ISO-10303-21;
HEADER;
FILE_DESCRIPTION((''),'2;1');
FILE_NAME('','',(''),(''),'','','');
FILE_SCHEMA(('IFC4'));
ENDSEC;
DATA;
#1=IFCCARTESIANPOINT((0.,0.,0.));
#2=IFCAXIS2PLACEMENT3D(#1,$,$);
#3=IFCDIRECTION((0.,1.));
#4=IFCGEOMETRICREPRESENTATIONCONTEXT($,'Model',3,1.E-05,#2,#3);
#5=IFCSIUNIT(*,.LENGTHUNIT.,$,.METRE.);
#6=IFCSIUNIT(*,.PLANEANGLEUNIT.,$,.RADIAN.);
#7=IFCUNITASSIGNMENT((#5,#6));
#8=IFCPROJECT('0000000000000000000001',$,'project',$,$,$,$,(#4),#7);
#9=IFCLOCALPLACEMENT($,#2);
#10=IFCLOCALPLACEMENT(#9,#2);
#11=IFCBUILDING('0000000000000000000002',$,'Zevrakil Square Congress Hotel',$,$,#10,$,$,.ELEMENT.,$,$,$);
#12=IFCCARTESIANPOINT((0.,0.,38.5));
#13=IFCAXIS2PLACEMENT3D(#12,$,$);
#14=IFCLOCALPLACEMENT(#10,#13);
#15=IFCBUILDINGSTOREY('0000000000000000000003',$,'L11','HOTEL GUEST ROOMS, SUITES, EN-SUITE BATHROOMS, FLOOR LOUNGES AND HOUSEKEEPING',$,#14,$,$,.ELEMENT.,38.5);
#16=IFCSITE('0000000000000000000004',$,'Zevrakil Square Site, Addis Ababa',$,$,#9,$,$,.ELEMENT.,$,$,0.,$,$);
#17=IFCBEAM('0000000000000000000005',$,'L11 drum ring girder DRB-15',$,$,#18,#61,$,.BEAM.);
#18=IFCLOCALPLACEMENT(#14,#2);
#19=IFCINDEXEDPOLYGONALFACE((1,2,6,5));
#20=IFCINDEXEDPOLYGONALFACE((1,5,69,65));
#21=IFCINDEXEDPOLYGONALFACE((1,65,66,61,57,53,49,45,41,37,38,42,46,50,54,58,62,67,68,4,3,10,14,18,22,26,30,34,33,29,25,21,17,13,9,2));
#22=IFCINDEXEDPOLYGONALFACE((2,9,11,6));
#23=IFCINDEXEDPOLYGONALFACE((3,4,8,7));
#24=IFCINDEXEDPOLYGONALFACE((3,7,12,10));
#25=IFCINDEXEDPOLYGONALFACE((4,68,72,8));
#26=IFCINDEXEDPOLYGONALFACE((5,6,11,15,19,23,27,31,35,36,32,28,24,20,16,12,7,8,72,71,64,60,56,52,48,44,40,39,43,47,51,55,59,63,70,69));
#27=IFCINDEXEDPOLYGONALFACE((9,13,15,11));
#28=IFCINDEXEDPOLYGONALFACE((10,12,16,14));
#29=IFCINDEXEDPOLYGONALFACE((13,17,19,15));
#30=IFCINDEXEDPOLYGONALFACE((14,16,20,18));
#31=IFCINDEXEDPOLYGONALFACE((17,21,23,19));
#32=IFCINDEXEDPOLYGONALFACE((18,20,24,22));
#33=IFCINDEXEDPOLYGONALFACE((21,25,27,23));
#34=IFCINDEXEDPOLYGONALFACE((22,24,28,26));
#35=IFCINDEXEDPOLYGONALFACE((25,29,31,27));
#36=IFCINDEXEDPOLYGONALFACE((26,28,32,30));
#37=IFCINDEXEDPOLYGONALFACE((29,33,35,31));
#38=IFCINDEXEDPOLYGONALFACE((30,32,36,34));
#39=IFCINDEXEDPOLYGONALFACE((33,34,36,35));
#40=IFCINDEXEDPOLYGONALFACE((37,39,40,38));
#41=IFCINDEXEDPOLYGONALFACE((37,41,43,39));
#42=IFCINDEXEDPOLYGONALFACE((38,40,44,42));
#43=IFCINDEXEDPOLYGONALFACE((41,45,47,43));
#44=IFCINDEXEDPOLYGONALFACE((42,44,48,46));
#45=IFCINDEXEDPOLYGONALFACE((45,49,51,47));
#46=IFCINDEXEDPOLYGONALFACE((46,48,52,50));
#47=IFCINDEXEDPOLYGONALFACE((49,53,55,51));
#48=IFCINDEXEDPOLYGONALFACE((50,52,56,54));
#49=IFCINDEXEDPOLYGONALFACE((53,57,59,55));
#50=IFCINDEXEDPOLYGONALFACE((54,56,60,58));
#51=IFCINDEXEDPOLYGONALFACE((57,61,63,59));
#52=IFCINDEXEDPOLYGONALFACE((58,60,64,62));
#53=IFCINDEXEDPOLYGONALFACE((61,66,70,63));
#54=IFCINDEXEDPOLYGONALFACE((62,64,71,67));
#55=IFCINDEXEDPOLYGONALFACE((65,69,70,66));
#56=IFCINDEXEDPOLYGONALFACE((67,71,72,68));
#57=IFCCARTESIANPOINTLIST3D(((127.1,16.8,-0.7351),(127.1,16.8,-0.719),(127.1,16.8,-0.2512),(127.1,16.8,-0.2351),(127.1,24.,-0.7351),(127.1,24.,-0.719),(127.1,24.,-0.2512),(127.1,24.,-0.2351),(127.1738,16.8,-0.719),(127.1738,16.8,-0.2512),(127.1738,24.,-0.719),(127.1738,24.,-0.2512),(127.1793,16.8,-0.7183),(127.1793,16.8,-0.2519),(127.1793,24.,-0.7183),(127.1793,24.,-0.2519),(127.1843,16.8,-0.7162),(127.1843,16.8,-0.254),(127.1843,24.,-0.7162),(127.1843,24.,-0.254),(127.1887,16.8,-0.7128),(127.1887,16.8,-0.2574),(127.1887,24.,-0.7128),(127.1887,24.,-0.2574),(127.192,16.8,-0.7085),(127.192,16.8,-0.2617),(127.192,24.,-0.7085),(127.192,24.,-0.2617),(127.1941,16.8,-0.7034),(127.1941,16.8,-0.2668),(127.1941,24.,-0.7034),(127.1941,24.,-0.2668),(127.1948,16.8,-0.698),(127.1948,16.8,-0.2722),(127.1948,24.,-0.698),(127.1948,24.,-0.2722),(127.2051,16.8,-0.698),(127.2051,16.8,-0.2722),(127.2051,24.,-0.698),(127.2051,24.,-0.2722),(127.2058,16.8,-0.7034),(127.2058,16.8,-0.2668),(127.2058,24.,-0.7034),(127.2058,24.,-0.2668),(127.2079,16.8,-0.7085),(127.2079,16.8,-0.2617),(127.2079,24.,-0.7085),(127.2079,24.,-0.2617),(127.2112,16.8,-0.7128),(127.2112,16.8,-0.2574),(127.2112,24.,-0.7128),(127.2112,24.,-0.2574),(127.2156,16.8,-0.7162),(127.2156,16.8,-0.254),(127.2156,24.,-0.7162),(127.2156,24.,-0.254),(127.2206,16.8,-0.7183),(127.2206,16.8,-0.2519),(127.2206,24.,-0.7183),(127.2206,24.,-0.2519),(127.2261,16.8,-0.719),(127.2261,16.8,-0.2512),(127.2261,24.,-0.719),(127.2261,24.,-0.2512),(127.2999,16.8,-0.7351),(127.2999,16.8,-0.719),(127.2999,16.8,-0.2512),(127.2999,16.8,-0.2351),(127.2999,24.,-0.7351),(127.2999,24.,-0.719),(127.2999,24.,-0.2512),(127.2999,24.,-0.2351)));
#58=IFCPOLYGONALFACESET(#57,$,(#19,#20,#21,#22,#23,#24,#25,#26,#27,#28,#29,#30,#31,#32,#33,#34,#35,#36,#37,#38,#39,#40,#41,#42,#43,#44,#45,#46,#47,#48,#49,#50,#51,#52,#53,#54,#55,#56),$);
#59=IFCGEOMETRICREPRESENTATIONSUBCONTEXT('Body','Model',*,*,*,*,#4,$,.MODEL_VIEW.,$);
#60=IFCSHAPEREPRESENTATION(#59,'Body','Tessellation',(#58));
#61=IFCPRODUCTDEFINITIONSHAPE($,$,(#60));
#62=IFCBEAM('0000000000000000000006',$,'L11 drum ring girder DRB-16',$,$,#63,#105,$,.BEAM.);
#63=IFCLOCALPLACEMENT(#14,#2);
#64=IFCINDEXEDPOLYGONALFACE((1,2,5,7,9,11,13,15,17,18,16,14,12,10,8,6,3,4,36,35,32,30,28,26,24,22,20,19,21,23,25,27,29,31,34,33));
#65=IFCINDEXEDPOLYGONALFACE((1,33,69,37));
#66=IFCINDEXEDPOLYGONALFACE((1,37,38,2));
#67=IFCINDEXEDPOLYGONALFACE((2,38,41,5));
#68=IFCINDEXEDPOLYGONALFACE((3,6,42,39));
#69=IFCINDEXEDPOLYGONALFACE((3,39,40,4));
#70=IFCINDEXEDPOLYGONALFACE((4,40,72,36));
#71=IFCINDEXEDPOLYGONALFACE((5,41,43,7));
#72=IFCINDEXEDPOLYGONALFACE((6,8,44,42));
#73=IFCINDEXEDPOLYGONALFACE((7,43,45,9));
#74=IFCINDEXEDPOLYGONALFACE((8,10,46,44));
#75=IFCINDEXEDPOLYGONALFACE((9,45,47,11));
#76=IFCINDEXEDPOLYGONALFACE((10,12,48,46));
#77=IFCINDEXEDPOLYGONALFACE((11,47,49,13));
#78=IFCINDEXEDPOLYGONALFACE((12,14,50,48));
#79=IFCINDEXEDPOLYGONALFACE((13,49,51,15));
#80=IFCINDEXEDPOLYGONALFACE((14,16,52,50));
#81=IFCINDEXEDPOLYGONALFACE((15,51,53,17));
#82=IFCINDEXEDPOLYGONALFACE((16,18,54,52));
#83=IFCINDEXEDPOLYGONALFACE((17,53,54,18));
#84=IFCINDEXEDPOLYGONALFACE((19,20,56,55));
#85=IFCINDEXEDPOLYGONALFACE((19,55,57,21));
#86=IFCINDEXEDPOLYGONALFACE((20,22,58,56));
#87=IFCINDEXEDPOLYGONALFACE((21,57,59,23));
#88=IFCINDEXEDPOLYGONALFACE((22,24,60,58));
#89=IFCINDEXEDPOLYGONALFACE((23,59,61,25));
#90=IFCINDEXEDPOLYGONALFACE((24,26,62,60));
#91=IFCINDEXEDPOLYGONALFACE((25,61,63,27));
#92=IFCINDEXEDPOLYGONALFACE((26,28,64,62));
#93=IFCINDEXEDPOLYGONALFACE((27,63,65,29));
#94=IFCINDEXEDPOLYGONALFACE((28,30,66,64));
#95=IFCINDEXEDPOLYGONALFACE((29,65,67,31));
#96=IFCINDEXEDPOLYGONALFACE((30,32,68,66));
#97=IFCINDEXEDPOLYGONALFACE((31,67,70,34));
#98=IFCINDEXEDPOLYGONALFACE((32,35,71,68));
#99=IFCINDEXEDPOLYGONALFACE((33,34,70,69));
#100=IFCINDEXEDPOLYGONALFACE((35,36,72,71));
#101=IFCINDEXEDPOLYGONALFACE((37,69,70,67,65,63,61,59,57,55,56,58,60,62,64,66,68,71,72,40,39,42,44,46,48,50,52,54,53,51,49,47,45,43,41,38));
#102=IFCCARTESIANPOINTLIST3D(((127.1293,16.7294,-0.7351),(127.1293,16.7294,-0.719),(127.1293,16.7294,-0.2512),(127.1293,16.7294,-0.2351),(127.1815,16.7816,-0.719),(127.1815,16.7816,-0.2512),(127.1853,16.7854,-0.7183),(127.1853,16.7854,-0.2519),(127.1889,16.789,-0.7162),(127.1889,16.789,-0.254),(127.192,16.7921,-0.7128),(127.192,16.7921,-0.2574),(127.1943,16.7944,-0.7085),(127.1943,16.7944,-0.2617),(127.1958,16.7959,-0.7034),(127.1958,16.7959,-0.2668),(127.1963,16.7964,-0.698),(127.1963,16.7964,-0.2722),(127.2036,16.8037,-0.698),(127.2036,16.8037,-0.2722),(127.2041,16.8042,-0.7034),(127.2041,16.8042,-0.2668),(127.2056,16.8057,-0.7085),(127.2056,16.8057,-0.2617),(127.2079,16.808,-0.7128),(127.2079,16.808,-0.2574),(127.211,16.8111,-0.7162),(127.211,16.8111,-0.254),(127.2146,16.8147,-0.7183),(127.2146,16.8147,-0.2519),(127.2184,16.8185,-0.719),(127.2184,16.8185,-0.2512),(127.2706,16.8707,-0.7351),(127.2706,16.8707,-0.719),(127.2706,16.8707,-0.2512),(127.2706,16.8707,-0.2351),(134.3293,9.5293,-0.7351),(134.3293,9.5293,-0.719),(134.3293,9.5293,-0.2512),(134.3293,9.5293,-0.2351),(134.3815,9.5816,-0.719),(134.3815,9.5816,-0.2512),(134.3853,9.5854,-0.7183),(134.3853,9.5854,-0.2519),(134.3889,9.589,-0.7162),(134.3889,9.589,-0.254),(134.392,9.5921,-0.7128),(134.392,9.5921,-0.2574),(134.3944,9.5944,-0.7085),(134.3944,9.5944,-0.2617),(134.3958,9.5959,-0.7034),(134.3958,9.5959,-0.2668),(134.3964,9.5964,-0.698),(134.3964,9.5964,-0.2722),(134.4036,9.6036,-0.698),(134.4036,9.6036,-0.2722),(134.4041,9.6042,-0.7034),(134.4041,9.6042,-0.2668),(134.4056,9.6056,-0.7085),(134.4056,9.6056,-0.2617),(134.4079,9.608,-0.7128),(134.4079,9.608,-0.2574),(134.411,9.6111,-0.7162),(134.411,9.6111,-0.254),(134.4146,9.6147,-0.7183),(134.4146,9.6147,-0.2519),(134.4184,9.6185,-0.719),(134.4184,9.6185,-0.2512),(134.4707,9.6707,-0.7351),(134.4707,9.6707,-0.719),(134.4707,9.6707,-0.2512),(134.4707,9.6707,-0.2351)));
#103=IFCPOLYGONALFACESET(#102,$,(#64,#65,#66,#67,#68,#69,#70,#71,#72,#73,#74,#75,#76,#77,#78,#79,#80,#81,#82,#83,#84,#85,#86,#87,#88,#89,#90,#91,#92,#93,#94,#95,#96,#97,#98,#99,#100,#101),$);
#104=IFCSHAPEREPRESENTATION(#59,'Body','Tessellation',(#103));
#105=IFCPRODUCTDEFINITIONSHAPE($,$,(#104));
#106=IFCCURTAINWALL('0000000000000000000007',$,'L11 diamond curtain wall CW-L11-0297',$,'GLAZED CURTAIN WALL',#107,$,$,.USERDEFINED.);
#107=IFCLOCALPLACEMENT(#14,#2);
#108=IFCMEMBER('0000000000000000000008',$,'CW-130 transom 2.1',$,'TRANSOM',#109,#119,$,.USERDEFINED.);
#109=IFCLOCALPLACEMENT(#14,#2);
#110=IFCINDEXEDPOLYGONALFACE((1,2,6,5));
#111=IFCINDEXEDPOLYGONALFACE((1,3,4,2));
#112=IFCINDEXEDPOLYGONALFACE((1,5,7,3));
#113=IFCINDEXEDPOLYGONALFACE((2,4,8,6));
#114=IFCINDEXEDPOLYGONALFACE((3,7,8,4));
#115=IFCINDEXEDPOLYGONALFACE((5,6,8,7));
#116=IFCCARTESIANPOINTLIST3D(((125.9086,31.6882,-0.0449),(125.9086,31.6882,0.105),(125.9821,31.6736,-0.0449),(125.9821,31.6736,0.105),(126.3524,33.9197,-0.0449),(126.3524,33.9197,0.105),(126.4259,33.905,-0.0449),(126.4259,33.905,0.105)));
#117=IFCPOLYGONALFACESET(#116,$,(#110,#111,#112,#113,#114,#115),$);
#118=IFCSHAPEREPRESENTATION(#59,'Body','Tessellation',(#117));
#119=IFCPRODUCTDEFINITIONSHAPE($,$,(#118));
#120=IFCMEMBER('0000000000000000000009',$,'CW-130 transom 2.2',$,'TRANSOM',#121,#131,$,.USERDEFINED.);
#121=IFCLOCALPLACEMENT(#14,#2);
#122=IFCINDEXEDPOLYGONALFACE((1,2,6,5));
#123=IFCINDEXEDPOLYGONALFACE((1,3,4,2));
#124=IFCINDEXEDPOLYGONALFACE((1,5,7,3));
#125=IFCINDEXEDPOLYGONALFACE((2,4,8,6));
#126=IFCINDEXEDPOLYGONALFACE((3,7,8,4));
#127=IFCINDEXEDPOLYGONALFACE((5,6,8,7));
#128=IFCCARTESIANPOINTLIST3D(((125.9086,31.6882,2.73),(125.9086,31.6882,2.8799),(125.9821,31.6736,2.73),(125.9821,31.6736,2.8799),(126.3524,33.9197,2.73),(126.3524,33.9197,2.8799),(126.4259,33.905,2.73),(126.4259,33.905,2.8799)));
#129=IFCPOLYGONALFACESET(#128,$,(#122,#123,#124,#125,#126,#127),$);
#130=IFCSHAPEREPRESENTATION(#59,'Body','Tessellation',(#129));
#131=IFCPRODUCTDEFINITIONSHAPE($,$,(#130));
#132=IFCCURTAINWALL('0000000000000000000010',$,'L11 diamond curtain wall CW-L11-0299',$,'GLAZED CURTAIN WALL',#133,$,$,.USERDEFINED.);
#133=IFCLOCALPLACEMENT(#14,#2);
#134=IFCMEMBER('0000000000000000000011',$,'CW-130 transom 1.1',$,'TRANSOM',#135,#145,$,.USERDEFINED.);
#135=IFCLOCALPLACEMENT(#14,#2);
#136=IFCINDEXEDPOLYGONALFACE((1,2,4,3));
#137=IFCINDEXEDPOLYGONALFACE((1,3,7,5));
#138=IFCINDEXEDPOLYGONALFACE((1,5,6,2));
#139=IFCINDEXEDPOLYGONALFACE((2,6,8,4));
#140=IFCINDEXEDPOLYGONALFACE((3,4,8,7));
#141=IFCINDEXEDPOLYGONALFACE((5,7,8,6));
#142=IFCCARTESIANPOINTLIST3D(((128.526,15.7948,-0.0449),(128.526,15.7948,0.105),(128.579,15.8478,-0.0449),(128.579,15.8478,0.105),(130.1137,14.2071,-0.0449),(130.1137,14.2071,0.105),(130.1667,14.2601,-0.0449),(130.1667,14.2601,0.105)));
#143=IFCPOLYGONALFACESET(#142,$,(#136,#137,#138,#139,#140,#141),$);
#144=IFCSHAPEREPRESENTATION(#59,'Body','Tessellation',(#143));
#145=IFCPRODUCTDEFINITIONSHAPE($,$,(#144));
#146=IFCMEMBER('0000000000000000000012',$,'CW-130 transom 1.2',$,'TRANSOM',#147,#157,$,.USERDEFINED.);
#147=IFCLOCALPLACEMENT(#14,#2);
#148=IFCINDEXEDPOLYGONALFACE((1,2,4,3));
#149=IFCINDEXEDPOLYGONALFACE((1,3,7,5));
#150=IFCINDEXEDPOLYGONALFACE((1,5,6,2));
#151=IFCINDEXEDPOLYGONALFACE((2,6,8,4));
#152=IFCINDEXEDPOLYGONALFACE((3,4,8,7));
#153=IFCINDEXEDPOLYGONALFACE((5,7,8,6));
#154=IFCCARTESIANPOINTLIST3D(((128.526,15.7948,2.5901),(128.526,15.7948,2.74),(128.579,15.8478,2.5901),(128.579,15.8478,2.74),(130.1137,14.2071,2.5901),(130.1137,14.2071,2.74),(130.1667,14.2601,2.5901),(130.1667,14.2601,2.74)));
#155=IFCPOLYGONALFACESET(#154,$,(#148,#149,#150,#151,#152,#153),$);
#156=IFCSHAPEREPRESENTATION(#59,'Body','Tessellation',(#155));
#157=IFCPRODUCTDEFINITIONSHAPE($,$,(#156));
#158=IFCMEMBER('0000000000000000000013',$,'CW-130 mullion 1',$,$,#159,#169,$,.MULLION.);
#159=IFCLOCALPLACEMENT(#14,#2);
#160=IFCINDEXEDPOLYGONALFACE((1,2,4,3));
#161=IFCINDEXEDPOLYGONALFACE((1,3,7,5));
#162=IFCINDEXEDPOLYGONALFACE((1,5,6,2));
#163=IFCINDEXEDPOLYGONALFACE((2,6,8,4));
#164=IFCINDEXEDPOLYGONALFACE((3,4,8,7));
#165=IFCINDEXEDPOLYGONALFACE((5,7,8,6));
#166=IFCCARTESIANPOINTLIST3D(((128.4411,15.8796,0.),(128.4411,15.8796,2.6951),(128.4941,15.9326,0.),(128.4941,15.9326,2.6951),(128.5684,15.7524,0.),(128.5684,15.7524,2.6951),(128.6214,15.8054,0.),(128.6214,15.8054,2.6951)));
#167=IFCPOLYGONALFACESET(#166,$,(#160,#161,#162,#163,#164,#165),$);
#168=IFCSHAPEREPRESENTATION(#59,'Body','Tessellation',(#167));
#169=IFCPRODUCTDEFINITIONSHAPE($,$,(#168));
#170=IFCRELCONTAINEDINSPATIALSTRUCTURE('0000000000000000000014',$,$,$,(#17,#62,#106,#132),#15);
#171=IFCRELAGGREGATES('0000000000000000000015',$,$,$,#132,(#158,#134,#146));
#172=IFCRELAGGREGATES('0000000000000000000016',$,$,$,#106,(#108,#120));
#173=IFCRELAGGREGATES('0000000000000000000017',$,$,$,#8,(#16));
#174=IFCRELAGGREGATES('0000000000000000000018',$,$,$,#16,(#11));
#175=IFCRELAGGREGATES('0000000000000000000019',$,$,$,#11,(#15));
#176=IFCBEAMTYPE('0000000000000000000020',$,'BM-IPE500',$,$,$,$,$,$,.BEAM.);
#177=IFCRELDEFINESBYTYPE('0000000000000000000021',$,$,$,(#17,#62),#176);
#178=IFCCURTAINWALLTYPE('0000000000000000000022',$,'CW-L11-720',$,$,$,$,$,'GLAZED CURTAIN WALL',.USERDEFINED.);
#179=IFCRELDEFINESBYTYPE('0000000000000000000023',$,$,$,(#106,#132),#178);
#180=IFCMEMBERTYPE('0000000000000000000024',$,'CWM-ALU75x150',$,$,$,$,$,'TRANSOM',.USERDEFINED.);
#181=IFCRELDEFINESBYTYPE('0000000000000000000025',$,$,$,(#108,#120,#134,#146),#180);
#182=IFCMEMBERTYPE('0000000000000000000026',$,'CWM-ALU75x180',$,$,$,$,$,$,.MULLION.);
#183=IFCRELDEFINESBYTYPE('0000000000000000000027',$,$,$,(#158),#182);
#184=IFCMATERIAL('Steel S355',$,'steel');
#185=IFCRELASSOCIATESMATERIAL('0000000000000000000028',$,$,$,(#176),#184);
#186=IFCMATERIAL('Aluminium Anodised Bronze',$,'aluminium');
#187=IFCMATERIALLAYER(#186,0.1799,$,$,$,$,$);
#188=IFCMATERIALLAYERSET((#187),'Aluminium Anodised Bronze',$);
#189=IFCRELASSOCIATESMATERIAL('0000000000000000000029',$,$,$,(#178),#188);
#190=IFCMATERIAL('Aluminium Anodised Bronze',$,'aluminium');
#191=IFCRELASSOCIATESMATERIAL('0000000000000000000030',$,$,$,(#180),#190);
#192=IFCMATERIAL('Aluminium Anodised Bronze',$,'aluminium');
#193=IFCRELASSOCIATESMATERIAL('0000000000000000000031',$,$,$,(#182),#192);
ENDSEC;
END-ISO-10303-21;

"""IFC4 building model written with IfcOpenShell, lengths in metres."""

from ifc_helpers import new_model, si_unit, direction, frame, origin, origin_2d, place, context, subcontext, project, spatial, rectangle, i_section, extrude, material, layer, layer_set, material_profile, profile_set, type_object, element, aggregate, save


model = new_model("IFC4")

# Units and contexts
model_context = context("Model", 3, precision=1e-05, world=origin(), true_north=direction((0.0, 1.0)))
body_context = subcontext(model_context, "Body", "Model", "MODEL_VIEW")
ifc_project = project(units=[si_unit("LENGTHUNIT", "METRE"), si_unit("PLANEANGLEUNIT", "RADIAN")], contexts=[model_context])

# Site, building, storey
site_placement = place(None, origin())
site = spatial("IfcSite", under=ifc_project, at=site_placement, Name="Zevrakil Square Site, Addis Ababa", CompositionType="ELEMENT", RefElevation=0.0)
building_placement = place(site_placement, origin())
building = spatial("IfcBuilding", under=site, at=building_placement, Name="Zevrakil Square Congress Hotel", CompositionType="ELEMENT")
storey_placement = place(building_placement, frame((0.0, 0.0, 38.5)))
storey = spatial("IfcBuildingStorey", under=building, at=storey_placement, Name="L11", Description="HOTEL GUEST ROOMS, SUITES, EN-SUITE BATHROOMS, FLOOR LOUNGES AND HOUSEKEEPING", CompositionType="ELEMENT", Elevation=38.5)

# Beams
ifc_material_1 = material(Name="Steel S355", Category="steel")
ifc_material_profile_1 = material_profile(ifc_material_1, i_section(OverallWidth=0.2, OverallDepth=0.5, WebThickness=0.0103, FlangeThickness=0.0161, FilletRadius=0.021, at=origin_2d()), Name="IPE 500")
ifc_profile_set_1 = profile_set([ifc_material_profile_1], Name="Steel S355")
beam_type_1 = type_object("IfcBeamType", Name="BM-IPE500", PredefinedType="BEAM", material=ifc_profile_set_1)
for number, where, z_axis, x_axis, name in (
    (1, (127.2, 24.0, -0.4851), (0.0, -1.0, 0.0), (1.0, 0.0, 0.0), "L11 drum ring girder DRB-15"),
):
    element("IfcBeam", number, at=place(storey_placement, frame(where, z_axis=z_axis, x_axis=x_axis)), inside=storey, type_object=beam_type_1, Name=name, PredefinedType="BEAM", context=body_context, shape_type="SweptSolid", body=[
        extrude(i_section(OverallWidth=0.2, OverallDepth=0.5, WebThickness=0.0103, FlangeThickness=0.0161, FilletRadius=0.021, at=origin_2d()), origin(), (0.0, 0.0, 1.0), 7.2),
    ])
beam_placement = place(storey_placement, frame((127.2, 16.8, -0.4851), z_axis=(0.707107, -0.707107, 0.0), x_axis=(0.707107, 0.707107, 0.0)))
element("IfcBeam", 2, at=beam_placement, inside=storey, type_object=beam_type_1, Name="L11 drum ring girder DRB-16", PredefinedType="BEAM", context=body_context, shape_type="SweptSolid", body=[
    extrude(i_section(OverallWidth=0.2, OverallDepth=0.5, WebThickness=0.0103, FlangeThickness=0.0161, FilletRadius=0.021, at=origin_2d()), origin(), (0.0, 0.0, 1.0), 10.1824),
])

# Curtain walls, members
ifc_material_2 = material(Name="Aluminium Anodised Bronze", Category="aluminium")
ifc_layer_1 = layer(ifc_material_2, 0.1799)
ifc_layer_set_1 = layer_set([ifc_layer_1], Name="Aluminium Anodised Bronze")
curtain_wall_type = type_object("IfcCurtainWallType", Name="CW-L11-720", ElementType="GLAZED CURTAIN WALL", PredefinedType="USERDEFINED", material=ifc_layer_set_1)
curtain_wall_1_placement = place(storey_placement, origin())
curtain_wall_1 = element("IfcCurtainWall", 3, at=curtain_wall_1_placement, inside=storey, type_object=curtain_wall_type, Name="L11 diamond curtain wall CW-L11-0297", ObjectType="GLAZED CURTAIN WALL", PredefinedType="USERDEFINED")
ifc_material_3 = material(Name="Aluminium Anodised Bronze", Category="aluminium")
ifc_material_profile_2 = material_profile(ifc_material_3, rectangle(XDim=0.075, YDim=0.1499, at=origin_2d()), Name="ALU 75x150")
ifc_profile_set_2 = profile_set([ifc_material_profile_2], Name="Aluminium Anodised Bronze")
member_type_1 = type_object("IfcMemberType", Name="CWM-ALU75x150", ElementType="TRANSOM", PredefinedType="USERDEFINED", material=ifc_profile_set_2)
member_1_placement = place(storey_placement, frame((126.3892, 33.9124, 0.03), z_axis=(-0.195084, -0.980786, 0.0), x_axis=(0.980786, -0.195084, 0.0)))
member_1 = element("IfcMember", 4, at=member_1_placement, type_object=member_type_1, Name="CW-130 transom 2.1", ObjectType="TRANSOM", PredefinedType="USERDEFINED", context=body_context, shape_type="SweptSolid", body=[
    extrude(rectangle(XDim=0.075, YDim=0.1499, at=origin_2d()), origin(), (0.0, 0.0, 1.0), 2.2751),
])
member_2_placement = place(storey_placement, frame((126.3892, 33.9124, 2.8049), z_axis=(-0.195084, -0.980786, 0.0), x_axis=(0.980786, -0.195084, 0.0)))
member_2 = element("IfcMember", 5, at=member_2_placement, type_object=member_type_1, Name="CW-130 transom 2.2", ObjectType="TRANSOM", PredefinedType="USERDEFINED", context=body_context, shape_type="SweptSolid", body=[
    extrude(rectangle(XDim=0.075, YDim=0.1499, at=origin_2d()), origin(), (0.0, 0.0, 1.0), 2.2751),
])
curtain_wall_2_placement = place(storey_placement, origin())
curtain_wall_2 = element("IfcCurtainWall", 6, at=curtain_wall_2_placement, inside=storey, type_object=curtain_wall_type, Name="L11 diamond curtain wall CW-L11-0299", ObjectType="GLAZED CURTAIN WALL", PredefinedType="USERDEFINED")
member_3_placement = place(storey_placement, frame((128.5525, 15.8213, 0.03), z_axis=(0.707107, -0.707107, 0.0), x_axis=(0.707107, 0.707107, 0.0)))
member_3 = element("IfcMember", 7, at=member_3_placement, type_object=member_type_1, Name="CW-130 transom 1.1", ObjectType="TRANSOM", PredefinedType="USERDEFINED", context=body_context, shape_type="SweptSolid", body=[
    extrude(rectangle(XDim=0.075, YDim=0.1499, at=origin_2d()), origin(), (0.0, 0.0, 1.0), 2.2454),
])
member_4_placement = place(storey_placement, frame((128.5525, 15.8213, 2.665), z_axis=(0.707107, -0.707107, 0.0), x_axis=(0.707107, 0.707107, 0.0)))
member_4 = element("IfcMember", 8, at=member_4_placement, type_object=member_type_1, Name="CW-130 transom 1.2", ObjectType="TRANSOM", PredefinedType="USERDEFINED", context=body_context, shape_type="SweptSolid", body=[
    extrude(rectangle(XDim=0.075, YDim=0.1499, at=origin_2d()), origin(), (0.0, 0.0, 1.0), 2.2454),
])
ifc_material_4 = material(Name="Aluminium Anodised Bronze", Category="aluminium")
ifc_material_profile_3 = material_profile(ifc_material_4, rectangle(XDim=0.075, YDim=0.1799, at=origin_2d()), Name="ALU 75x180")
ifc_profile_set_3 = profile_set([ifc_material_profile_3], Name="Aluminium Anodised Bronze")
member_type_2 = type_object("IfcMemberType", Name="CWM-ALU75x180", PredefinedType="MULLION", material=ifc_profile_set_3)
member_5_placement = place(storey_placement, frame((128.5312, 15.8425, 0.0), z_axis=(0.0, 0.0, 1.0), x_axis=(0.707107, 0.707107, 0.0)))
member_5 = element("IfcMember", 9, at=member_5_placement, type_object=member_type_2, Name="CW-130 mullion 1", PredefinedType="MULLION", context=body_context, shape_type="SweptSolid", body=[
    extrude(rectangle(XDim=0.075, YDim=0.1799, at=origin_2d()), origin(), (0.0, 0.0, 1.0), 2.6951),
])
aggregate(curtain_wall_2, [member_5, member_3, member_4])

aggregate(curtain_wall_1, [member_1, member_2])

save(model, "model.ifc")
